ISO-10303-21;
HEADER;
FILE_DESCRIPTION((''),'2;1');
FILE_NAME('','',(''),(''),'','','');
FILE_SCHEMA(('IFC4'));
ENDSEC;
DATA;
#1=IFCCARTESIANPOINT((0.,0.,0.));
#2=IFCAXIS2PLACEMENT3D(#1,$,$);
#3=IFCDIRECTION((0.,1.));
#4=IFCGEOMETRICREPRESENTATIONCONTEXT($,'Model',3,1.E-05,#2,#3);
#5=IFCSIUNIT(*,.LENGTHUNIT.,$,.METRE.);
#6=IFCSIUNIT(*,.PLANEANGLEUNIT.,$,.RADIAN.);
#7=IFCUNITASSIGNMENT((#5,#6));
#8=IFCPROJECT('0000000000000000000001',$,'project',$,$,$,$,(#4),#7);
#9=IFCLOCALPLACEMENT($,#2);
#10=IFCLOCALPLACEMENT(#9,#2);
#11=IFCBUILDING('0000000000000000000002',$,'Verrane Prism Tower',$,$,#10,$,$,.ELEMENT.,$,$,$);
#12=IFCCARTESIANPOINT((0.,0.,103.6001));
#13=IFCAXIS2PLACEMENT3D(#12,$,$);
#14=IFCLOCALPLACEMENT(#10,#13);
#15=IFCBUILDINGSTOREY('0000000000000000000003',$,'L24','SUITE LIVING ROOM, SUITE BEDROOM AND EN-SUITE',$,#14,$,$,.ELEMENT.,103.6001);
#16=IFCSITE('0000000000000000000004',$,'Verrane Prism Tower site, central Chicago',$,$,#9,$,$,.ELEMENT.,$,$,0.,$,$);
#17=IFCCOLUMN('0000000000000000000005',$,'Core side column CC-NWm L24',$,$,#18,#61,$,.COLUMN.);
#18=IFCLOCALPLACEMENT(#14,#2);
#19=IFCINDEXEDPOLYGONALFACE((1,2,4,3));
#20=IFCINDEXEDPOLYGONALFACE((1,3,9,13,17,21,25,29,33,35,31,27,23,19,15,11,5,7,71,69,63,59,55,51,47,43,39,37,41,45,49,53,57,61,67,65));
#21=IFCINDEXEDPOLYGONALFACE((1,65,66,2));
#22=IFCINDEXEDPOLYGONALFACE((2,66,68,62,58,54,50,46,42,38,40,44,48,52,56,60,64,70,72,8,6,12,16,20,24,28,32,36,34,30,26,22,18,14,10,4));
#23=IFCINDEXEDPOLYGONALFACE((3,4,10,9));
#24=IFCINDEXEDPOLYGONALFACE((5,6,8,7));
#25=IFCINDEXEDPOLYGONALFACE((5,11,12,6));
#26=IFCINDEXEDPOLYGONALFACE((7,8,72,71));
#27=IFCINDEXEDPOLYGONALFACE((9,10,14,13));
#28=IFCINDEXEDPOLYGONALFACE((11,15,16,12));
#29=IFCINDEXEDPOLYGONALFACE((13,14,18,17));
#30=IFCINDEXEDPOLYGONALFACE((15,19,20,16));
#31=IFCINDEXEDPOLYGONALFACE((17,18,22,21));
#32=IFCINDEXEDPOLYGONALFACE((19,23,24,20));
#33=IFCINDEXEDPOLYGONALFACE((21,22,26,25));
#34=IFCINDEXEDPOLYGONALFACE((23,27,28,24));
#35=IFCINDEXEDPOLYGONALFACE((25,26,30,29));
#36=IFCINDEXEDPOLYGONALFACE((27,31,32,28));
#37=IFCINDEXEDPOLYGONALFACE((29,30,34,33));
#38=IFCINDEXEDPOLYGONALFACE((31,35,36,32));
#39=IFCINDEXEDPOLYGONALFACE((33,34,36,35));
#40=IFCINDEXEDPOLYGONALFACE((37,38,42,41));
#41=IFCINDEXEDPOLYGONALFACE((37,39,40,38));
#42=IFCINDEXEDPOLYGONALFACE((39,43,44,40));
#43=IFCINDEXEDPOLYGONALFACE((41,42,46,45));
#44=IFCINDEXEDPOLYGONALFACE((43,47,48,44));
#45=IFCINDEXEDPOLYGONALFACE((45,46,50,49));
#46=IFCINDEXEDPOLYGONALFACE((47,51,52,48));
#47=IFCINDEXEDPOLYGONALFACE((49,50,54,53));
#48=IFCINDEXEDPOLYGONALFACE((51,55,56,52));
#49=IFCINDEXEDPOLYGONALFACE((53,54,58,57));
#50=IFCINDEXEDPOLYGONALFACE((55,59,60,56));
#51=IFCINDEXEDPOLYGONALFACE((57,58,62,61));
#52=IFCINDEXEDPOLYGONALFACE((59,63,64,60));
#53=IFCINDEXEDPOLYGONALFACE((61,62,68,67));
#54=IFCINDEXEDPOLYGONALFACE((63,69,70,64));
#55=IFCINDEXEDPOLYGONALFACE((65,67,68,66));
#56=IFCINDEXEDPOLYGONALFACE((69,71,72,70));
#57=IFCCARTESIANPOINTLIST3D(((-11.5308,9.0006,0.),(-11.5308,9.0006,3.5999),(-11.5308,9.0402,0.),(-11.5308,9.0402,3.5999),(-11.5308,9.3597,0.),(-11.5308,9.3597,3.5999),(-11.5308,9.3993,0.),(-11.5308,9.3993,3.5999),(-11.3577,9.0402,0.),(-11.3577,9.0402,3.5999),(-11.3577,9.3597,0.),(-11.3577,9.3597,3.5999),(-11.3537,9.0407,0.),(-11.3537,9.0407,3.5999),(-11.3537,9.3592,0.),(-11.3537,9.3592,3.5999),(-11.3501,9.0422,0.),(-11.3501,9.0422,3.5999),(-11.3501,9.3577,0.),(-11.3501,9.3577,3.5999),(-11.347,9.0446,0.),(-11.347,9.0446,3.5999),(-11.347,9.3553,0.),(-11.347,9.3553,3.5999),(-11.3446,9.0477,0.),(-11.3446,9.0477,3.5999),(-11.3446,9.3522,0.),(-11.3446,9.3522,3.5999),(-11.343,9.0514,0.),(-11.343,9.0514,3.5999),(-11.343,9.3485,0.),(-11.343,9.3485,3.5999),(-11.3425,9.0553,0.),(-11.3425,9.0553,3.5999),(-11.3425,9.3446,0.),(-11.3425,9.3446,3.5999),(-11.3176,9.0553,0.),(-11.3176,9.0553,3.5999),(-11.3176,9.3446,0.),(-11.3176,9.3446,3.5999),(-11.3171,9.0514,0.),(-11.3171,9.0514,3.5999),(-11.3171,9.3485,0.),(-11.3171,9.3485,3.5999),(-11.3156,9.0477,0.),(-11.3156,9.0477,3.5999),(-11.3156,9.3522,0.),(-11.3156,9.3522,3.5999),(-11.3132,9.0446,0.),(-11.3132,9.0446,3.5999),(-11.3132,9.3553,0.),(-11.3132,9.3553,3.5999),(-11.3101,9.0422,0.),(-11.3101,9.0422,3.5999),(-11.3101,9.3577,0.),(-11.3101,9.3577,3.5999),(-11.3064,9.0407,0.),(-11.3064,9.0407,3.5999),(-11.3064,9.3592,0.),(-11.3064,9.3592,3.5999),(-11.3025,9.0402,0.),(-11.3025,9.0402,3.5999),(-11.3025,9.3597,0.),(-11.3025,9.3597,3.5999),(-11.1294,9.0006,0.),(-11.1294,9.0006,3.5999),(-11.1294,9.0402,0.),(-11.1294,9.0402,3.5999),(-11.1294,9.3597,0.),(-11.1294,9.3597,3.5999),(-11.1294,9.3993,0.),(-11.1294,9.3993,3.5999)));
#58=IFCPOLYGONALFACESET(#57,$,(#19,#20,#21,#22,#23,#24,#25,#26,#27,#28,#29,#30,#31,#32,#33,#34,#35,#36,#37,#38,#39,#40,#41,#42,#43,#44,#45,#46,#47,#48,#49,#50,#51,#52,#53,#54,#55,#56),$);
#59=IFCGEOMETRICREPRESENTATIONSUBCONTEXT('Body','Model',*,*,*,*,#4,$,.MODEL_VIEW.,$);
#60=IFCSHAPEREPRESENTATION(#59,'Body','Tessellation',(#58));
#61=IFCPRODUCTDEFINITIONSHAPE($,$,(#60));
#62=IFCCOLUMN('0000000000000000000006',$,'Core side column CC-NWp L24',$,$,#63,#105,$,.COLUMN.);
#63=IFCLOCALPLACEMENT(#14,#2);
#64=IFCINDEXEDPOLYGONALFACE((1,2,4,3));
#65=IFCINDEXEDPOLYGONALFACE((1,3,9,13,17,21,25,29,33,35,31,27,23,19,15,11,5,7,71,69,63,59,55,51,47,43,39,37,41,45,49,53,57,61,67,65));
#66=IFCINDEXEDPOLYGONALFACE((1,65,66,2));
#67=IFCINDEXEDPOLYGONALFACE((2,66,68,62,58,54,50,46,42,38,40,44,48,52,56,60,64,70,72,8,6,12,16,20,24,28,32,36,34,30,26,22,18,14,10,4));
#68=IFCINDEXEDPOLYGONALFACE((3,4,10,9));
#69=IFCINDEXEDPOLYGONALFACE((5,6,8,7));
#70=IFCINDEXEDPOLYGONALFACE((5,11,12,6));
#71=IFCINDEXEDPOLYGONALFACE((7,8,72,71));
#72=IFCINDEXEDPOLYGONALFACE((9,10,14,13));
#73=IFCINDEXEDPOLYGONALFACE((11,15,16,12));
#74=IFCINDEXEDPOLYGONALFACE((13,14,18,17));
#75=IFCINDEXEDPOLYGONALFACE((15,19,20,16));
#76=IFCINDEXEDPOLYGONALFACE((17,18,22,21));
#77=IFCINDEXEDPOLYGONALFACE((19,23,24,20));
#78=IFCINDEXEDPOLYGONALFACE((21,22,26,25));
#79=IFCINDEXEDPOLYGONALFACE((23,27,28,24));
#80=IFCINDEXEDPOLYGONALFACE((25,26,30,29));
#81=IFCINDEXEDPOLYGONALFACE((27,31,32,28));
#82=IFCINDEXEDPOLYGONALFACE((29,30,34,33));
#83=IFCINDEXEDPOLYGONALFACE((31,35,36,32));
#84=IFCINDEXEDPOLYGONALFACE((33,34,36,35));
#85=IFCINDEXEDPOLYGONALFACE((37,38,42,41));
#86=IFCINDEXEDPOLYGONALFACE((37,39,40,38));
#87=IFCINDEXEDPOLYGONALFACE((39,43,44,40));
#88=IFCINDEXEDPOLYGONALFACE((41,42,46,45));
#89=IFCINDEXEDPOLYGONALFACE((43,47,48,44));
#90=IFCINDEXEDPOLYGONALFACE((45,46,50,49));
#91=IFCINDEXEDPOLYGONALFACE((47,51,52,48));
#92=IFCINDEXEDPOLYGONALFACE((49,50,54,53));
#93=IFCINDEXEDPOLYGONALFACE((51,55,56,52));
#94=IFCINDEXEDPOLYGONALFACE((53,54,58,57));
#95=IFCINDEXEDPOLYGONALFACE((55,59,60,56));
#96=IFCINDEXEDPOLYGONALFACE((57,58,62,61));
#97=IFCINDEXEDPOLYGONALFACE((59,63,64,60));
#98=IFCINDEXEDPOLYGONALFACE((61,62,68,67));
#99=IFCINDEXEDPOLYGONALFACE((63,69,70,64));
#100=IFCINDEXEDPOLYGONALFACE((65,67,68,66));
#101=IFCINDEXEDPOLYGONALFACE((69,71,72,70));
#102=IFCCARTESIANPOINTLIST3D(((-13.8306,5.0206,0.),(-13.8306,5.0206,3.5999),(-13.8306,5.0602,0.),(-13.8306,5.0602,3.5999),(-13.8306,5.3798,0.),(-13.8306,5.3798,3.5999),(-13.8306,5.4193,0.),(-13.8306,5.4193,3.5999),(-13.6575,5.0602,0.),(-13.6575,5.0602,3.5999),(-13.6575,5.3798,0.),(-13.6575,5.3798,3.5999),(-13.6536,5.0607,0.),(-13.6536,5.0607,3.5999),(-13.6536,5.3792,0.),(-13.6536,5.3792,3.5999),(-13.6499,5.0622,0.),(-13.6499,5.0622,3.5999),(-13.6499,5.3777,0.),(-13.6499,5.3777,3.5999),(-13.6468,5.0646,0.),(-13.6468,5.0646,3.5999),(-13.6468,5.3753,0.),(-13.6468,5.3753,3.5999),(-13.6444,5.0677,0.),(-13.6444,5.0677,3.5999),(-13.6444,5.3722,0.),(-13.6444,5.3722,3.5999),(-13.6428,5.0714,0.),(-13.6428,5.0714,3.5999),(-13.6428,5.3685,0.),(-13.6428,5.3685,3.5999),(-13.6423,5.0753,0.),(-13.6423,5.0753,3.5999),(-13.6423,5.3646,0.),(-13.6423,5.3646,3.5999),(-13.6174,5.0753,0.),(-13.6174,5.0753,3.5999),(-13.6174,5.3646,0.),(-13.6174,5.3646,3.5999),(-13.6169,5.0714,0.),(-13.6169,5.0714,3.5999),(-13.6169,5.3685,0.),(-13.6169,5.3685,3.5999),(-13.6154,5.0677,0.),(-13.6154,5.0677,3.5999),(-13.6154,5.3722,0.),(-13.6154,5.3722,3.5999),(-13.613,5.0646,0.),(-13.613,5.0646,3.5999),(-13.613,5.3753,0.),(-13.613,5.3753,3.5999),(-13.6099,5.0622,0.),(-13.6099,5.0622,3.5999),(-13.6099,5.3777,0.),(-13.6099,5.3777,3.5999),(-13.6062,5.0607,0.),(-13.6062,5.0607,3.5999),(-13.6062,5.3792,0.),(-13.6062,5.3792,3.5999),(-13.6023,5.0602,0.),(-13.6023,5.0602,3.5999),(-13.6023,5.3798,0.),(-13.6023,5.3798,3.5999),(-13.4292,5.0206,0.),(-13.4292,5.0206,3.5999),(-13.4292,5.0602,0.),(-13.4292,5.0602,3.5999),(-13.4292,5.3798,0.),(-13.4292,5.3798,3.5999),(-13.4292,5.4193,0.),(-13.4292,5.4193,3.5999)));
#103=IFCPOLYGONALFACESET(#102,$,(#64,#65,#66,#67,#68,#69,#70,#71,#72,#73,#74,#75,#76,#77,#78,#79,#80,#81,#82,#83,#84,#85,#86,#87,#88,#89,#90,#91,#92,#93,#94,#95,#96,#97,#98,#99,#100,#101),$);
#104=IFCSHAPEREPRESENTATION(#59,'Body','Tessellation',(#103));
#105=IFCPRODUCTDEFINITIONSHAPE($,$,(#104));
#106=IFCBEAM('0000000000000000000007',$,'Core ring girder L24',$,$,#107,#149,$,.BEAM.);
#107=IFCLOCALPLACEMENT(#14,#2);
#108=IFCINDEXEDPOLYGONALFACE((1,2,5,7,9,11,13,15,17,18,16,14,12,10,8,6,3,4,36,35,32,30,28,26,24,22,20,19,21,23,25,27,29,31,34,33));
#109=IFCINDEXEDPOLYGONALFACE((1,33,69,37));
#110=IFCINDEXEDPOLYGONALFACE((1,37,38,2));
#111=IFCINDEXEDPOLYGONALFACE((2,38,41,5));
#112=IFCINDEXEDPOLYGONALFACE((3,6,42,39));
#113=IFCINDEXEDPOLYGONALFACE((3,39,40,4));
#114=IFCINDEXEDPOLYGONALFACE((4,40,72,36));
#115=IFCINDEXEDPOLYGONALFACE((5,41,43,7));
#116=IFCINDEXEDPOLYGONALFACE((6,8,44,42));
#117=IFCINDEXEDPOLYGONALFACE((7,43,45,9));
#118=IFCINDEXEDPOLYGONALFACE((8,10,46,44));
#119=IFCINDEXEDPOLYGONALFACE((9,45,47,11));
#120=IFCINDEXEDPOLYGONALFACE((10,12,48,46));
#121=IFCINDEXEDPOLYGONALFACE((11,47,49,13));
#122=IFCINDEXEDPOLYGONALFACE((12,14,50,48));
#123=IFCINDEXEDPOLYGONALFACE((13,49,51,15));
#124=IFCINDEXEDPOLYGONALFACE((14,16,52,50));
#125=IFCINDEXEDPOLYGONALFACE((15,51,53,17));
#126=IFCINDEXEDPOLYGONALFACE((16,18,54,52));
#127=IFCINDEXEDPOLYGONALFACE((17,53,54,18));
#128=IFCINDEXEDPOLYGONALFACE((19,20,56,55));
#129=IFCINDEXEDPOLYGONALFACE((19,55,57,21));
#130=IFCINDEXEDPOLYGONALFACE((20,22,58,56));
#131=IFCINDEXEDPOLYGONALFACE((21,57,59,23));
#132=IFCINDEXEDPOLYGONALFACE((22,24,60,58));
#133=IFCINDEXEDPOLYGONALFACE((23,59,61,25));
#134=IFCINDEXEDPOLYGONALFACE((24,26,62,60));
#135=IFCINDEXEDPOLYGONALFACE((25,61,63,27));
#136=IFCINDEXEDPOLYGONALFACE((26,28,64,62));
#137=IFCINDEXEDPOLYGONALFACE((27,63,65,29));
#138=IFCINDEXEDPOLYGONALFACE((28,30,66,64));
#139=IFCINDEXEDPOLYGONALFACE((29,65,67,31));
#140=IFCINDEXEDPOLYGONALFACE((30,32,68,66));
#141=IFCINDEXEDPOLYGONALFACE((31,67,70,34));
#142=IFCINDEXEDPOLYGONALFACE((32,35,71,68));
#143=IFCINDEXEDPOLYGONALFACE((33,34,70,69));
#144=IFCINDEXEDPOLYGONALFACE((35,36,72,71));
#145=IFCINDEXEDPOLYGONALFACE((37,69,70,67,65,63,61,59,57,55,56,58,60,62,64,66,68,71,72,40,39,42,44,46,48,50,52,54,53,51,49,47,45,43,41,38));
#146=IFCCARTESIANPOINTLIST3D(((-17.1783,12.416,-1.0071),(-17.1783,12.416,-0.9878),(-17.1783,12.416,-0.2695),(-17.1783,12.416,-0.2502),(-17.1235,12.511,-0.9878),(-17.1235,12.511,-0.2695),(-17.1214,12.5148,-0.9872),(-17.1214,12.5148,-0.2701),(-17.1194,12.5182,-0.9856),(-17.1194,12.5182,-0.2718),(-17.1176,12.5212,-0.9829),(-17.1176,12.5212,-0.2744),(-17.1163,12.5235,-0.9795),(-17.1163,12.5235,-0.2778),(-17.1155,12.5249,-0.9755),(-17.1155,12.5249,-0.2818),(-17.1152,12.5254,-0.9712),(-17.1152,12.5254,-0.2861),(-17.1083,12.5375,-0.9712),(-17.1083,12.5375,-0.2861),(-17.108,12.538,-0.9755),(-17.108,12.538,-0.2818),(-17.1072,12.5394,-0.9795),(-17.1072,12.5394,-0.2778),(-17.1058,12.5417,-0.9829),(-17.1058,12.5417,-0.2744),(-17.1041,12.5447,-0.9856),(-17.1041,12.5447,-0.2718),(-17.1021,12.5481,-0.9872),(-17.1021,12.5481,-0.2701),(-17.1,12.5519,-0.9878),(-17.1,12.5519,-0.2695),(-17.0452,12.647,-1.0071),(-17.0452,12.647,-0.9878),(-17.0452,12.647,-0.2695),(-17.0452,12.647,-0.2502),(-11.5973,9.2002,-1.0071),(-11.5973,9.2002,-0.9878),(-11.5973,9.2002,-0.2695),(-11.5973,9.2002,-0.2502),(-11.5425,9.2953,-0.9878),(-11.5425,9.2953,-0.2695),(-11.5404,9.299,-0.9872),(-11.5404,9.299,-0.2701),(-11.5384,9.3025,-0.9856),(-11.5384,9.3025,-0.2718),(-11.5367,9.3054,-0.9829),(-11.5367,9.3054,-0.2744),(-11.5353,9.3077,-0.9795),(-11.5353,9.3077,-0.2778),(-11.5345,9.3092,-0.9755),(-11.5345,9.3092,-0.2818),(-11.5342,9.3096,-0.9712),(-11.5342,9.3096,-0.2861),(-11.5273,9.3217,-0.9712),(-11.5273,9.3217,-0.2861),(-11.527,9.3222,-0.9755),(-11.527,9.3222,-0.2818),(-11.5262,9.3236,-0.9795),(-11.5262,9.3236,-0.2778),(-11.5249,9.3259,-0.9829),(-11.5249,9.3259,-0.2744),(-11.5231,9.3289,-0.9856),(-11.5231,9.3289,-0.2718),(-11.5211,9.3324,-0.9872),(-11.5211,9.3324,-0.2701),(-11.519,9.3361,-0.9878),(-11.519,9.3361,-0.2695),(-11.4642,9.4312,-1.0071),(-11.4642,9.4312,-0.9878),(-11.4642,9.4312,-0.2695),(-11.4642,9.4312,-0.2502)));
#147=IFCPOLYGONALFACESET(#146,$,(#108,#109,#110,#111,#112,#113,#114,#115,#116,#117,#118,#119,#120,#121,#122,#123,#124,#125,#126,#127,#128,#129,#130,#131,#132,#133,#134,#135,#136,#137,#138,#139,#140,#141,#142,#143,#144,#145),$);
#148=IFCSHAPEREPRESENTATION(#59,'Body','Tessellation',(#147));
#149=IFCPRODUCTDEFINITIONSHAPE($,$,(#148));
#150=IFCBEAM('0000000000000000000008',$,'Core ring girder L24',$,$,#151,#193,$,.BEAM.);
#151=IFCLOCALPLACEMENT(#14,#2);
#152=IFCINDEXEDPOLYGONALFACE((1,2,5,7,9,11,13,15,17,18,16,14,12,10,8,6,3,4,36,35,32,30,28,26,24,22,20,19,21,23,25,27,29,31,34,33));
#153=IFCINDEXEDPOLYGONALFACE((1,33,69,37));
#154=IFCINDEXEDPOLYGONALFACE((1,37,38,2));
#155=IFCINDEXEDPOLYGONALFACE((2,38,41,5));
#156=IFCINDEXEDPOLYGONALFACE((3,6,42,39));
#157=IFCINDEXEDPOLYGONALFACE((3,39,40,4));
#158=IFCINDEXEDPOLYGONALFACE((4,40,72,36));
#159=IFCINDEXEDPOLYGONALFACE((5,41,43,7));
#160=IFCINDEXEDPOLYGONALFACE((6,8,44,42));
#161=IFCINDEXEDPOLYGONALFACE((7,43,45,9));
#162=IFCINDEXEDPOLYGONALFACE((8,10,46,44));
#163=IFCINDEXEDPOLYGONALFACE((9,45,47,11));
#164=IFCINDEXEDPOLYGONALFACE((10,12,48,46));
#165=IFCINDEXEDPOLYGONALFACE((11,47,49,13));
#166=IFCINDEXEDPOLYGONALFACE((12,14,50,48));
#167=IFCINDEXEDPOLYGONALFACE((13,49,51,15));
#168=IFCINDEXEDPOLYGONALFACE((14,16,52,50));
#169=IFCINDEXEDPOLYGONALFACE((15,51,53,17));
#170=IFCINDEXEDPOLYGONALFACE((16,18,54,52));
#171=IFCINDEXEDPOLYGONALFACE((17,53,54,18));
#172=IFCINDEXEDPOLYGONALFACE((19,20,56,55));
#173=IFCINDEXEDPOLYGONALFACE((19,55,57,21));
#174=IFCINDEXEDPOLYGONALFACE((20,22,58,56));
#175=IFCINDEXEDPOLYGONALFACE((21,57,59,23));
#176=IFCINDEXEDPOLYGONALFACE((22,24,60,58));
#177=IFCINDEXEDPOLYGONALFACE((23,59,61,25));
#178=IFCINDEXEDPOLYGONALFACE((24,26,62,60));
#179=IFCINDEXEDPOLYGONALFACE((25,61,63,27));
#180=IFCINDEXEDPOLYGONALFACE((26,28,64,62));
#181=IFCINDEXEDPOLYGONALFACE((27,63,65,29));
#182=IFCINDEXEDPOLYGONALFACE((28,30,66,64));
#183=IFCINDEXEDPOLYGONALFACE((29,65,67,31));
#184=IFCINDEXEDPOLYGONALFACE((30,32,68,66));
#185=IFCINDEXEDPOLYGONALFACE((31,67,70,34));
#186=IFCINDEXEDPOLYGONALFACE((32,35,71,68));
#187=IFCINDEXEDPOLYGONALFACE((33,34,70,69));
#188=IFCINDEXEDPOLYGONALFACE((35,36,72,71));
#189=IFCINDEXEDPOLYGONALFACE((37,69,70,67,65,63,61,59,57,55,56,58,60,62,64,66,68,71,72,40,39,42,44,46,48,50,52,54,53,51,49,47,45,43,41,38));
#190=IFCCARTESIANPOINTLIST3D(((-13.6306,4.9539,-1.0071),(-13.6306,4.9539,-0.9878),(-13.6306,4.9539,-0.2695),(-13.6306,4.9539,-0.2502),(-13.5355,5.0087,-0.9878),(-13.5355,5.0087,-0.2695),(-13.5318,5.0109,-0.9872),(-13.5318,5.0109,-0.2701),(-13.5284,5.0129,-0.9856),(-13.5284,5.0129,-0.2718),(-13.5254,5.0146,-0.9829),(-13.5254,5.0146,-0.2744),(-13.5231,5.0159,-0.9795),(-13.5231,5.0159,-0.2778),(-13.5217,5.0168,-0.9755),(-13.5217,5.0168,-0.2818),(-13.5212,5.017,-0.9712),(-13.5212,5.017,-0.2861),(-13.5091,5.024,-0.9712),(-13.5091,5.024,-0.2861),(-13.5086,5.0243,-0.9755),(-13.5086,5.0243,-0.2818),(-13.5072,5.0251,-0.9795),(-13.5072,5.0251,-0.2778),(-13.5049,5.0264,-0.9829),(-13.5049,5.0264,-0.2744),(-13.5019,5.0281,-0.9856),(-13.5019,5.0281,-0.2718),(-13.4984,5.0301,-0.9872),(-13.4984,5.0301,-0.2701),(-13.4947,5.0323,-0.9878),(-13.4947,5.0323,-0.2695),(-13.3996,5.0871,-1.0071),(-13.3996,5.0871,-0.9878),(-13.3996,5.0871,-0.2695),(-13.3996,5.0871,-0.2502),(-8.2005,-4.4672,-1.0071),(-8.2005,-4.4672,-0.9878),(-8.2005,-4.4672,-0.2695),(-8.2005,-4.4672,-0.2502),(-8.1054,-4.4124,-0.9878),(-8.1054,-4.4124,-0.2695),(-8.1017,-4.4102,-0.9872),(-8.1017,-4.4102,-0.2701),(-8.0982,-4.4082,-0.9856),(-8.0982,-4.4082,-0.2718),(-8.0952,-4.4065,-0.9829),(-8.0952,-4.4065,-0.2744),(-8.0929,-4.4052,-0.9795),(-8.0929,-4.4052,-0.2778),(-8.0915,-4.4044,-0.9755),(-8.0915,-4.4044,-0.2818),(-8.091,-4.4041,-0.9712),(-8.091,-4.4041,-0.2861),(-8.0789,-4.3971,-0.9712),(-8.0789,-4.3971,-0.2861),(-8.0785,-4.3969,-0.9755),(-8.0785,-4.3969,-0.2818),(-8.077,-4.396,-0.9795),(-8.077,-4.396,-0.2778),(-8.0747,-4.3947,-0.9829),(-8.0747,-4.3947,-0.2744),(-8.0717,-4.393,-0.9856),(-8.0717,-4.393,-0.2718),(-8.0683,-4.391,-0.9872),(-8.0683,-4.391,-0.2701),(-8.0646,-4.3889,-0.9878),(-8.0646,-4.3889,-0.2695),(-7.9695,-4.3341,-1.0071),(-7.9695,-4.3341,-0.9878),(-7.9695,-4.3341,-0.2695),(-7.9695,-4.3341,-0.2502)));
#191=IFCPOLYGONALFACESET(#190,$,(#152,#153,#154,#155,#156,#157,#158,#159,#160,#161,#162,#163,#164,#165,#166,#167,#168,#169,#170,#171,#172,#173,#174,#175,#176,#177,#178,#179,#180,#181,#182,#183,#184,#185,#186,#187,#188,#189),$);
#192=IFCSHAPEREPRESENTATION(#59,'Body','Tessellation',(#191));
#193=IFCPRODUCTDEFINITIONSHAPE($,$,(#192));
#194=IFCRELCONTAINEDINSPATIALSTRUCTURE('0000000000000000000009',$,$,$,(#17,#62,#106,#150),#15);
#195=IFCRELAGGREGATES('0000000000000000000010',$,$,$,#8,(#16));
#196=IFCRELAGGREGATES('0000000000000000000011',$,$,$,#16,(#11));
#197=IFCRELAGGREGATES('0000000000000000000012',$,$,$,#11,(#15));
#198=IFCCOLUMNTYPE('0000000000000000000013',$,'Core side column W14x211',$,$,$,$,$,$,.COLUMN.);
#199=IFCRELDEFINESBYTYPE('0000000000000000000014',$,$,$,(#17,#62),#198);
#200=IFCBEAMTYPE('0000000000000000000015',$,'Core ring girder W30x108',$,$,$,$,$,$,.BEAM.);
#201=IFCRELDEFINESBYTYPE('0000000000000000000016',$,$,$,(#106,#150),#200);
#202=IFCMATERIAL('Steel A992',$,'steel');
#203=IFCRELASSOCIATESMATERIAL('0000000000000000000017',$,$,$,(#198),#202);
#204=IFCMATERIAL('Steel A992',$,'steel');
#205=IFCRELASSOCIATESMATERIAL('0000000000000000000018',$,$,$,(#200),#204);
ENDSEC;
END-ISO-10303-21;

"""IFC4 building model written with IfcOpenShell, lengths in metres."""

from ifc_helpers import new_model, si_unit, direction, frame, origin, origin_2d, place, context, subcontext, project, spatial, i_section, extrude, material, material_profile, profile_set, type_object, element, save


model = new_model("IFC4")

# Units and contexts
model_context = context("Model", 3, precision=1e-05, world=origin(), true_north=direction((0.0, 1.0)))
body_context = subcontext(model_context, "Body", "Model", "MODEL_VIEW")
ifc_project = project(units=[si_unit("LENGTHUNIT", "METRE"), si_unit("PLANEANGLEUNIT", "RADIAN")], contexts=[model_context])

# Site, building, storey
site_placement = place(None, origin())
site = spatial("IfcSite", under=ifc_project, at=site_placement, Name="Verrane Prism Tower site, central Chicago", CompositionType="ELEMENT", RefElevation=0.0)
building_placement = place(site_placement, origin())
building = spatial("IfcBuilding", under=site, at=building_placement, Name="Verrane Prism Tower", CompositionType="ELEMENT")
storey_placement = place(building_placement, frame((0.0, 0.0, 103.6001)))
storey = spatial("IfcBuildingStorey", under=building, at=storey_placement, Name="L24", Description="SUITE LIVING ROOM, SUITE BEDROOM AND EN-SUITE", CompositionType="ELEMENT", Elevation=103.6001)

# Columns
ifc_material_1 = material(Name="Steel A992", Category="steel")
ifc_material_profile_1 = material_profile(ifc_material_1, i_section(OverallWidth=0.4014, OverallDepth=0.3987, WebThickness=0.0249, FlangeThickness=0.0396, FilletRadius=0.0151, at=origin_2d()), Name="W14x211")
ifc_profile_set_1 = profile_set([ifc_material_profile_1], Name="Steel A992")
column_type = type_object("IfcColumnType", Name="Core side column W14x211", PredefinedType="COLUMN", material=ifc_profile_set_1)
for number, where, z_axis, x_axis, name in (
    (1, (-11.3301, 9.2, 0.0), (0.0, 0.0, 1.0), (1.0, 0.0, 0.0), "Core side column CC-NWm L24"),
    (2, (-13.6299, 5.22, 0.0), (0.0, 0.0, 1.0), (1.0, 0.0, 0.0), "Core side column CC-NWp L24"),
):
    element("IfcColumn", number, at=place(storey_placement, frame(where, z_axis=z_axis, x_axis=x_axis)), inside=storey, type_object=column_type, Name=name, PredefinedType="COLUMN", context=body_context, shape_type="SweptSolid", body=[
        extrude(i_section(OverallWidth=0.4014, OverallDepth=0.3987, WebThickness=0.0249, FlangeThickness=0.0396, FilletRadius=0.0151, at=origin_2d()), origin(), (0.0, 0.0, 1.0), 3.5999),
    ])

# Beams
ifc_material_2 = material(Name="Steel A992", Category="steel")
ifc_material_profile_2 = material_profile(ifc_material_2, i_section(OverallWidth=0.2666, OverallDepth=0.7568, WebThickness=0.0139, FlangeThickness=0.0193, FilletRadius=0.0166, at=origin_2d()), Name="W30x108")
ifc_profile_set_2 = profile_set([ifc_material_profile_2], Name="Steel A992")
beam_type = type_object("IfcBeamType", Name="Core ring girder W30x108", PredefinedType="BEAM", material=ifc_profile_set_2)
beam_1_placement = place(storey_placement, frame((-11.5308, 9.3157, -0.6287), z_axis=(-0.866456, 0.499254, 0.0), x_axis=(-0.499254, -0.866456, 0.0)))
element("IfcBeam", 3, at=beam_1_placement, inside=storey, type_object=beam_type, Name="Core ring girder L24", PredefinedType="BEAM", context=body_context, shape_type="SweptSolid", body=[
    extrude(i_section(OverallWidth=0.2666, OverallDepth=0.7568, WebThickness=0.0139, FlangeThickness=0.0193, FilletRadius=0.0166, at=origin_2d()), origin(), (0.0, 0.0, 1.0), 6.4412),
])
beam_2_placement = place(storey_placement, frame((-13.5151, 5.0205, -0.6287), z_axis=(0.499371, -0.866388, 0.0), x_axis=(0.866388, 0.499371, 0.0)))
element("IfcBeam", 4, at=beam_2_placement, inside=storey, type_object=beam_type, Name="Core ring girder L24", PredefinedType="BEAM", context=body_context, shape_type="SweptSolid", body=[
    extrude(i_section(OverallWidth=0.2666, OverallDepth=0.7568, WebThickness=0.0139, FlangeThickness=0.0193, FilletRadius=0.0166, at=origin_2d()), origin(), (0.0, 0.0, 1.0), 10.874),
])

save(model, "model.ifc")
